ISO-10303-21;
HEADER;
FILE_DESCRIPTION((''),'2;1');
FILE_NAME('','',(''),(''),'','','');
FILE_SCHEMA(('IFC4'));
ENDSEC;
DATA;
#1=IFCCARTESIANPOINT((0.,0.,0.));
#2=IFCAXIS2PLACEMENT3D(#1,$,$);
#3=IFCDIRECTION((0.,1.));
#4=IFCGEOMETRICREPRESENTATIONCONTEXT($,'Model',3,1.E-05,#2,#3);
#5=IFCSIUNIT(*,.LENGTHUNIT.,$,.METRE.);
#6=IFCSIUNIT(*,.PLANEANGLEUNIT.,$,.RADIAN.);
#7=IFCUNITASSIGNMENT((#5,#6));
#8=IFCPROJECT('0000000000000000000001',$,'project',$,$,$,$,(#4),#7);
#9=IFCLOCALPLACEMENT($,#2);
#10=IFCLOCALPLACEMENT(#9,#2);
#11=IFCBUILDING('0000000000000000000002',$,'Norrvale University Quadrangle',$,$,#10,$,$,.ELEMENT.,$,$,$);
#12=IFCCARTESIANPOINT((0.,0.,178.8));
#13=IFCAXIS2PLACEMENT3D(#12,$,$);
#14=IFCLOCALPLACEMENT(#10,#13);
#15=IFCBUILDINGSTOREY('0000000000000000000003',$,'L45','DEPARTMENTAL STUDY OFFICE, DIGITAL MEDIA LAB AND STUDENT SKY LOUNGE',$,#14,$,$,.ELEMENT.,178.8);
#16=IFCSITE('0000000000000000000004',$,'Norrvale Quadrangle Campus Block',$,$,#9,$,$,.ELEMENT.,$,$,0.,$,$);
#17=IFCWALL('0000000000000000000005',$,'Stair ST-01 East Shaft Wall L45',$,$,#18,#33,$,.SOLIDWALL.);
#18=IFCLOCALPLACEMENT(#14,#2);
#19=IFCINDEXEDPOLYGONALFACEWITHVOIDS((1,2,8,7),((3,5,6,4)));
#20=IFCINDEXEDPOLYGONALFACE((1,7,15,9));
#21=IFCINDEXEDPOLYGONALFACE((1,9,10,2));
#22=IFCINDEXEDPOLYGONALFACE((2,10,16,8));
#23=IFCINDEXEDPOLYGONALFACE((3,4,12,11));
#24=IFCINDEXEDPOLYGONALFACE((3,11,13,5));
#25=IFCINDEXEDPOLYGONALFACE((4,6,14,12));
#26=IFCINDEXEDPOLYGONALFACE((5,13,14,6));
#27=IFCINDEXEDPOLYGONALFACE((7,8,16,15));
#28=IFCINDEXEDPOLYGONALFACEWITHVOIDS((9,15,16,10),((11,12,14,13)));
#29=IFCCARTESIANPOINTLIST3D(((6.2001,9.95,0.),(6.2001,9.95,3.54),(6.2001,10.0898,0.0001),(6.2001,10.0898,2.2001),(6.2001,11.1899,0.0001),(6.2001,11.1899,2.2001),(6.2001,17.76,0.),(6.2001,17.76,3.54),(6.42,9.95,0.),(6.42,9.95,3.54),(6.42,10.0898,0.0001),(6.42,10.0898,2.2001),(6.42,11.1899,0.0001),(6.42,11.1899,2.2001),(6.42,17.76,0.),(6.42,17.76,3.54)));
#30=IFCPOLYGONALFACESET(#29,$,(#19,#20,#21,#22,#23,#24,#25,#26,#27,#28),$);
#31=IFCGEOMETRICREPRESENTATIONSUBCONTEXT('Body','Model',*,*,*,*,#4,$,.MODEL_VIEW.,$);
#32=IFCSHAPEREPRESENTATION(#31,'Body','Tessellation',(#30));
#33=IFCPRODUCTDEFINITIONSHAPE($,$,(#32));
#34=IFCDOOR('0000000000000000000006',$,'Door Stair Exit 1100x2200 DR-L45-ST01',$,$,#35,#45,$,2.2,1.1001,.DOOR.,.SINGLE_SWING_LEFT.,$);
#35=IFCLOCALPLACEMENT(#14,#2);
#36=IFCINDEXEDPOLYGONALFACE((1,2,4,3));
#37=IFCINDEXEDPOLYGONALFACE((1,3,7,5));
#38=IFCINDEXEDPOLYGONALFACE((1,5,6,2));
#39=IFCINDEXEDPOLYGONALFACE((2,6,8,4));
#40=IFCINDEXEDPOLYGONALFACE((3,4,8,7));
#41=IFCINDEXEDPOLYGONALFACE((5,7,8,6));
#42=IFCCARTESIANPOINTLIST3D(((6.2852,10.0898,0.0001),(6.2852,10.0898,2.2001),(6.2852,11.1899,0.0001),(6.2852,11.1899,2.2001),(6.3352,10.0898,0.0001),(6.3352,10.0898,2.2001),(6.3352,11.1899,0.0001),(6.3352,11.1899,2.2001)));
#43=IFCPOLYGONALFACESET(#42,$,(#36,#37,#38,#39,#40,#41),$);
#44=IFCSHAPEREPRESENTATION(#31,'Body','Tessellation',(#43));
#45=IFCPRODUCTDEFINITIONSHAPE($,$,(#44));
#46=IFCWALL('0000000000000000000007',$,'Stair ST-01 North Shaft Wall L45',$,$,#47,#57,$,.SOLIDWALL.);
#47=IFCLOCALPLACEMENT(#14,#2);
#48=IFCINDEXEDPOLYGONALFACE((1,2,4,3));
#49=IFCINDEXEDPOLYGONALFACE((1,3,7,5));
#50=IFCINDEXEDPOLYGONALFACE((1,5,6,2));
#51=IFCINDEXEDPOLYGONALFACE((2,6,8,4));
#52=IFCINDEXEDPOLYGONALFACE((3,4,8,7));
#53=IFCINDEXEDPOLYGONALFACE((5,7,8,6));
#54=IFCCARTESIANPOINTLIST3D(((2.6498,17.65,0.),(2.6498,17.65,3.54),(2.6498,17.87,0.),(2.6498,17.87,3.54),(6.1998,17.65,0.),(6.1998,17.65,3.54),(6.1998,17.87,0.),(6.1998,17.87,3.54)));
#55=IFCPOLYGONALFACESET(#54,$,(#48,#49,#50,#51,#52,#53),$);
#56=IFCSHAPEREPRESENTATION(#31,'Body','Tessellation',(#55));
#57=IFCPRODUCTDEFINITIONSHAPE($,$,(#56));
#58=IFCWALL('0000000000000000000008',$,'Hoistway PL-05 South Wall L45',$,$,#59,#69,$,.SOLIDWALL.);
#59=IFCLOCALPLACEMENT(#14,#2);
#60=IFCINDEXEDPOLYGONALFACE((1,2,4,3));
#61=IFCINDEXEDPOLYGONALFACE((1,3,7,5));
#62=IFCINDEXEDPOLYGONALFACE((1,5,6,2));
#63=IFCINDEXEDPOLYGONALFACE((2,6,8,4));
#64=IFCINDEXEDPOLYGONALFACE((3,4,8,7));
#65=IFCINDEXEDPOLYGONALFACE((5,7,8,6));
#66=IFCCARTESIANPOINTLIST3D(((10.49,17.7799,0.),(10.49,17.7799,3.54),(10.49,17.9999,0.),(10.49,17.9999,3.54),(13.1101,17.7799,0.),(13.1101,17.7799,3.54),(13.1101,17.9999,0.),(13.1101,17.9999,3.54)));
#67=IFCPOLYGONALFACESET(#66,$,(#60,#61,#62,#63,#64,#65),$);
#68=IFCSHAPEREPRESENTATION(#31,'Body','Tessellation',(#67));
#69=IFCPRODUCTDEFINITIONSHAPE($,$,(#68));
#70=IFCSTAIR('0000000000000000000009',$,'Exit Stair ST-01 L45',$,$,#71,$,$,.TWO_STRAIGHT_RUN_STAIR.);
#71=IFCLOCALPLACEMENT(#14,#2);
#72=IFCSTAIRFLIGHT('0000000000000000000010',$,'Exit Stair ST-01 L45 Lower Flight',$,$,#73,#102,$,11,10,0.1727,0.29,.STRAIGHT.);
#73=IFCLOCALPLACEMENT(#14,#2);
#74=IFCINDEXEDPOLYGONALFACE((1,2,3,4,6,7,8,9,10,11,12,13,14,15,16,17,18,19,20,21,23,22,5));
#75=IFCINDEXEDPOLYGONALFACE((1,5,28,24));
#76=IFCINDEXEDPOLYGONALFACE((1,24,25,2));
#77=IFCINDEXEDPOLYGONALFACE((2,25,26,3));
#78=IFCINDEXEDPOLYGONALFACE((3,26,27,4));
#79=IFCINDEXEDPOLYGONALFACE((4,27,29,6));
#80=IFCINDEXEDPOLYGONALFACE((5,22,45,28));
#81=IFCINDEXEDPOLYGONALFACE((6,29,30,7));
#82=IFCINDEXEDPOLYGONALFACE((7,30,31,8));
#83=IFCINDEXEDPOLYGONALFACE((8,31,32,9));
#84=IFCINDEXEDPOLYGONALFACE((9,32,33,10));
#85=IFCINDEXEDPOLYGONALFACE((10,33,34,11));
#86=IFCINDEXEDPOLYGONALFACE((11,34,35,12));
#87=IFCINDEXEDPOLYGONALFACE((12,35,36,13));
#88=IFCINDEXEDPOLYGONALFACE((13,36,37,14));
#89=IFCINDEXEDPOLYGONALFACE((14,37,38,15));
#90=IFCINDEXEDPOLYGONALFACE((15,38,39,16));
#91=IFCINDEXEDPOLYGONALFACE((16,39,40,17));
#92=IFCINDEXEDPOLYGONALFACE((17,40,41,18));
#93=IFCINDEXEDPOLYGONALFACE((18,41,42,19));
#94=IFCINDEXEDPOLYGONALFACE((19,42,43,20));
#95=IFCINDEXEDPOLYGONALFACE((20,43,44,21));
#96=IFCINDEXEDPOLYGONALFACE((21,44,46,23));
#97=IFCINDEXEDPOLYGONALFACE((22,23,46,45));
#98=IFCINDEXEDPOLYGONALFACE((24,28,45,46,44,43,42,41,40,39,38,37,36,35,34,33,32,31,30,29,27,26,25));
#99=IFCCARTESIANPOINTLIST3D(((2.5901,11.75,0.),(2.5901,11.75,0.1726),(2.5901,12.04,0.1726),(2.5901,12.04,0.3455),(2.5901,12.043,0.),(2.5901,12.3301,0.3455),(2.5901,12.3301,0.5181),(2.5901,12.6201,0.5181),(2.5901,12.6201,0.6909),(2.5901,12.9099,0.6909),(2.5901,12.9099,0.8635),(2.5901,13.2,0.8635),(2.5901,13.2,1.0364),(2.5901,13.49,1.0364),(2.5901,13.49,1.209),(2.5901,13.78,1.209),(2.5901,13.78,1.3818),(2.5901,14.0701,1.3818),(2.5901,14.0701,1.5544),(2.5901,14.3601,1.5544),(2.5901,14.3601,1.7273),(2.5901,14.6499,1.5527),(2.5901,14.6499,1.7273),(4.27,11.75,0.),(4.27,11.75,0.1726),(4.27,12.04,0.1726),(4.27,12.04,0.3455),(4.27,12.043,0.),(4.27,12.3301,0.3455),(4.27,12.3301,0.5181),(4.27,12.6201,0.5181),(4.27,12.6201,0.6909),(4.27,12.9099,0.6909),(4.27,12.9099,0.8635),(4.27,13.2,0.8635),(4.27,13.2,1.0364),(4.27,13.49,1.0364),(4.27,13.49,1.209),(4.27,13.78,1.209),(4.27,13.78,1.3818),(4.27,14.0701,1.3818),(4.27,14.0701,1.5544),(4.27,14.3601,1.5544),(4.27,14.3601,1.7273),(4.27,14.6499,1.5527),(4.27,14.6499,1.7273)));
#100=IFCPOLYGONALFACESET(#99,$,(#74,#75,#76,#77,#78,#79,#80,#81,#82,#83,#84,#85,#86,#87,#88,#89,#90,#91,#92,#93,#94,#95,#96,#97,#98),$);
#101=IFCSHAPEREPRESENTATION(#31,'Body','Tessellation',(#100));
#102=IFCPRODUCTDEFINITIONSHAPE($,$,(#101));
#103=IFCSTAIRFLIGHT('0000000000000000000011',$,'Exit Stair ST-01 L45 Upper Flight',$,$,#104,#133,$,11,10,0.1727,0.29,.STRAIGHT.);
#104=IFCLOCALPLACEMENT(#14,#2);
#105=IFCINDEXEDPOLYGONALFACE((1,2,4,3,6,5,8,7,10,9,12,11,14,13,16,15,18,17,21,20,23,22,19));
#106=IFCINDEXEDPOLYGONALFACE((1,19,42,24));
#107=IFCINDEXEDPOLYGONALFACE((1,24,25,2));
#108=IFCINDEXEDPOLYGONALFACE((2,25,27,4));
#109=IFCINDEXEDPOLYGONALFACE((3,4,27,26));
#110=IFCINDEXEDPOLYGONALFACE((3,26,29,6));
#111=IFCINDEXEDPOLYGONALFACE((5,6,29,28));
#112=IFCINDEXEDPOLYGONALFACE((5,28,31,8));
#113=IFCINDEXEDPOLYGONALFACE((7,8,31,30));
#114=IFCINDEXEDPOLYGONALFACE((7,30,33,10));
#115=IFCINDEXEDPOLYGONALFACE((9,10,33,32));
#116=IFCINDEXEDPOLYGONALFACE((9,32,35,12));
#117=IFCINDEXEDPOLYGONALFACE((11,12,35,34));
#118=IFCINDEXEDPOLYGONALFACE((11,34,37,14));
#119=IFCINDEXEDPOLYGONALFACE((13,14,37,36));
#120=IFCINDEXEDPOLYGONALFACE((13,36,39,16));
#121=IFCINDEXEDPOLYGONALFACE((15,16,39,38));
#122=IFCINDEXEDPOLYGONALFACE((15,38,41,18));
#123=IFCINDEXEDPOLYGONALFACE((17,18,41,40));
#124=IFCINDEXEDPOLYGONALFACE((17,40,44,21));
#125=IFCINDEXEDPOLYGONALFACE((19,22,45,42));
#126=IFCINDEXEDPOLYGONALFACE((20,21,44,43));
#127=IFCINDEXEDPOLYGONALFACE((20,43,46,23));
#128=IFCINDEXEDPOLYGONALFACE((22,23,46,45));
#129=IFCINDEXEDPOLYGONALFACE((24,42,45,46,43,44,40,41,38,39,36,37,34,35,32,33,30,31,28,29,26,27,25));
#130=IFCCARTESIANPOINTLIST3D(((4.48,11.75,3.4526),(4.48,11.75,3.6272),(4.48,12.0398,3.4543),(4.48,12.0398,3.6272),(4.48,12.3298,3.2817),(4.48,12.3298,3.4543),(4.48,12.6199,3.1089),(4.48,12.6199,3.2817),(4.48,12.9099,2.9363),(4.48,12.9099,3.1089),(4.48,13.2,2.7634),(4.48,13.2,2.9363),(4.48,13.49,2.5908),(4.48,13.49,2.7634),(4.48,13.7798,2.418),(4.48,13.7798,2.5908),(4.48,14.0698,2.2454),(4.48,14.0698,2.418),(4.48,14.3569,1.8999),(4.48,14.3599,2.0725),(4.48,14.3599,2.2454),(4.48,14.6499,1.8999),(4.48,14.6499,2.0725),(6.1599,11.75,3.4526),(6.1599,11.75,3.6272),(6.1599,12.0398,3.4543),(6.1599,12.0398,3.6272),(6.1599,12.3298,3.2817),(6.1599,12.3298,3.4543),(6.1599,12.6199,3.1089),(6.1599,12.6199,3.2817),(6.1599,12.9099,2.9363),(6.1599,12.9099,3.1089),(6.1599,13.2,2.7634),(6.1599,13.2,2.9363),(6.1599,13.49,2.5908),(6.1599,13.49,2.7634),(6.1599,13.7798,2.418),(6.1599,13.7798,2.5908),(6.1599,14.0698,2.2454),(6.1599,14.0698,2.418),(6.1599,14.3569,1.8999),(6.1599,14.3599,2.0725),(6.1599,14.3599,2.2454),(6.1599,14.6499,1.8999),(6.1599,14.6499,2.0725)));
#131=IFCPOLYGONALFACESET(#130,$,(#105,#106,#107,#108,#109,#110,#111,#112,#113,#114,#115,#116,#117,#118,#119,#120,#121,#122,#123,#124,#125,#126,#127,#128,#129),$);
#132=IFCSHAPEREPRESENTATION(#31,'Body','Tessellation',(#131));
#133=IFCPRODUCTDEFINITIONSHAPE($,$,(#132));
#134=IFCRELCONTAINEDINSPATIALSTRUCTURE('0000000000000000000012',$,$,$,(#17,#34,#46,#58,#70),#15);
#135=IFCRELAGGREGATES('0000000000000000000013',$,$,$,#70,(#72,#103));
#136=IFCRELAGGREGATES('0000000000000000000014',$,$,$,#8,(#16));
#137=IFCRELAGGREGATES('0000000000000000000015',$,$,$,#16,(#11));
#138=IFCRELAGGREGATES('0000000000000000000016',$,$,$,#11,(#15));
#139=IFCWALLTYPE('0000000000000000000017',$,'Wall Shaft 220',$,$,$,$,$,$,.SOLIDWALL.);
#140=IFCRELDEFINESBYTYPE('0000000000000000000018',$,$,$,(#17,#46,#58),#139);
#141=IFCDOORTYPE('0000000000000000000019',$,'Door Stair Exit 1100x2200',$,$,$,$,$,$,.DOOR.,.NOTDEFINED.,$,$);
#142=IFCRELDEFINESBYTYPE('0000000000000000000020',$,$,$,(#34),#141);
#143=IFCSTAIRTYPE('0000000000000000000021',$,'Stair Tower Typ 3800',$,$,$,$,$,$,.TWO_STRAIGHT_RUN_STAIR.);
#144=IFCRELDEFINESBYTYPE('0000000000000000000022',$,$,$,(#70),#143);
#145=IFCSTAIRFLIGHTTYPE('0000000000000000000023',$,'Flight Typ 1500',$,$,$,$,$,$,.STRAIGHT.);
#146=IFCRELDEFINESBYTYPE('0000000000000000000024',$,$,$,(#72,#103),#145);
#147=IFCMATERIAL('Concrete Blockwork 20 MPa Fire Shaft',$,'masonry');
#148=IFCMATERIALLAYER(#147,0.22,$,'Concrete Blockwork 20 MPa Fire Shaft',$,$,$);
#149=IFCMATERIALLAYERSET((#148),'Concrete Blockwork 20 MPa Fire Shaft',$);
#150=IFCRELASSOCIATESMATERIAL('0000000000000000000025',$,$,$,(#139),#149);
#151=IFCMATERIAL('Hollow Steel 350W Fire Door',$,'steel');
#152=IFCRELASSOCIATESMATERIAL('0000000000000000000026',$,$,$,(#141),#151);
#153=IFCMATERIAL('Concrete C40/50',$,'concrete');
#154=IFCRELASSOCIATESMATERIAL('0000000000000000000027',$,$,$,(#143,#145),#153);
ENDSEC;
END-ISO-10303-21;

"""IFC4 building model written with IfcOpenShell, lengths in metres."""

from ifc_helpers import new_model, si_unit, direction, frame, frame_2d, origin, place, context, subcontext, project, spatial, polyline, rectangle, outline, extrude, material, layer, layer_set, type_object, element, fill, aggregate, save


model = new_model("IFC4")

# Units and contexts
model_context = context("Model", 3, precision=1e-05, world=origin(), true_north=direction((0.0, 1.0)))
body_context = subcontext(model_context, "Body", "Model", "MODEL_VIEW")
ifc_project = project(units=[si_unit("LENGTHUNIT", "METRE"), si_unit("PLANEANGLEUNIT", "RADIAN")], contexts=[model_context])

# Site, building, storey
site_placement = place(None, origin())
site = spatial("IfcSite", under=ifc_project, at=site_placement, Name="Norrvale Quadrangle Campus Block", CompositionType="ELEMENT", RefElevation=0.0)
building_placement = place(site_placement, origin())
building = spatial("IfcBuilding", under=site, at=building_placement, Name="Norrvale University Quadrangle", CompositionType="ELEMENT")
storey_placement = place(building_placement, frame((0.0, 0.0, 178.8)))
storey = spatial("IfcBuildingStorey", under=building, at=storey_placement, Name="L45", Description="DEPARTMENTAL STUDY OFFICE, DIGITAL MEDIA LAB AND STUDENT SKY LOUNGE", CompositionType="ELEMENT", Elevation=178.8)

# Wall, opening, door
ifc_material_1 = material(Name="Concrete Blockwork 20 MPa Fire Shaft", Category="masonry")
ifc_layer_1 = layer(ifc_material_1, 0.22, Name="Concrete Blockwork 20 MPa Fire Shaft")
ifc_layer_set_1 = layer_set([ifc_layer_1], Name="Concrete Blockwork 20 MPa Fire Shaft")
wall_type_1 = type_object("IfcWallType", Name="Wall Shaft 220", PredefinedType="SOLIDWALL", material=ifc_layer_set_1)
wall_1_placement = place(storey_placement, frame((6.3101, 9.95, 0.0), z_axis=(0.0, 0.0, 1.0), x_axis=(0.0, 1.0, 0.0)))
wall_1 = element("IfcWall", 1, at=wall_1_placement, inside=storey, type_object=wall_type_1, Name="Stair ST-01 East Shaft Wall L45", PredefinedType="SOLIDWALL", context=body_context, shape_type="SweptSolid", body=[
    extrude(rectangle(XDim=7.8101, YDim=0.22, at=frame_2d((3.905, 0.0))), origin(), (0.0, 0.0, 1.0), 3.54),
])
opening_1_placement = place(wall_1_placement, frame((0.1399, 0.0, 0.0)))
opening_1 = element("IfcOpeningElement", 2, at=opening_1_placement, cuts=wall_1, PredefinedType="OPENING", context=body_context, shape_type="SweptSolid", body=[
    extrude(rectangle(XDim=1.1001, YDim=2.2, at=frame_2d((0.55, 1.1001))), frame((0.0, 0.1221, 0.0), z_axis=(0.0, -1.0, 0.0), x_axis=(1.0, 0.0, 0.0)), (0.0, 0.0, 1.0), 0.2439),
])
ifc_material_2 = material(Name="Hollow Steel 350W Fire Door", Category="steel")
door_type_1 = type_object("IfcDoorType", Name="Door Stair Exit 1100x2200", OperationType="NOTDEFINED", PredefinedType="DOOR", material=ifc_material_2)
door_1_placement = place(opening_1_placement, origin())
door_1 = element("IfcDoor", 3, at=door_1_placement, inside=storey, type_object=door_type_1, Name="Door Stair Exit 1100x2200 DR-L45-ST01", OperationType="SINGLE_SWING_LEFT", OverallHeight=2.2, OverallWidth=1.1001, PredefinedType="DOOR", context=body_context, shape_type="SweptSolid", body=[
    extrude(rectangle(XDim=1.1001, YDim=2.2, at=frame_2d((0.55, 1.1001))), frame((0.0, 0.0249, 0.0), z_axis=(0.0, -1.0, 0.0), x_axis=(1.0, 0.0, 0.0)), (0.0, 0.0, 1.0), 0.05),
])
fill(opening_1, door_1)

# Walls
wall_2_placement = place(storey_placement, frame((2.6499, 17.76, 0.0), z_axis=(0.0, 0.0, 1.0), x_axis=(1.0, 0.0, 0.0)))
element("IfcWall", 4, at=wall_2_placement, inside=storey, type_object=wall_type_1, Name="Stair ST-01 North Shaft Wall L45", PredefinedType="SOLIDWALL", context=body_context, shape_type="SweptSolid", body=[
    extrude(rectangle(XDim=3.55, YDim=0.22, at=frame_2d((1.7749, 0.0))), origin(), (0.0, 0.0, 1.0), 3.54),
])
wall_3_placement = place(storey_placement, frame((10.49, 17.8899, 0.0), z_axis=(0.0, 0.0, 1.0), x_axis=(1.0, 0.0, 0.0)))
element("IfcWall", 5, at=wall_3_placement, inside=storey, type_object=wall_type_1, Name="Hoistway PL-05 South Wall L45", PredefinedType="SOLIDWALL", context=body_context, shape_type="SweptSolid", body=[
    extrude(rectangle(XDim=2.6201, YDim=0.22, at=frame_2d((1.3101, 0.0))), origin(), (0.0, 0.0, 1.0), 3.54),
])

# Stair, stair flights
ifc_material_3 = material(Name="Concrete C40/50", Category="concrete")
stair_type = type_object("IfcStairType", Name="Stair Tower Typ 3800", PredefinedType="TWO_STRAIGHT_RUN_STAIR", material=ifc_material_3)
stair_placement = place(storey_placement, origin())
stair = element("IfcStair", 6, at=stair_placement, inside=storey, type_object=stair_type, Name="Exit Stair ST-01 L45", PredefinedType="TWO_STRAIGHT_RUN_STAIR")
stair_flight_type = type_object("IfcStairFlightType", Name="Flight Typ 1500", PredefinedType="STRAIGHT", material=ifc_material_3)
stair_flight_1_placement = place(storey_placement, frame((3.4299, 11.75, 0.0), z_axis=(0.0, 0.0, 1.0), x_axis=(0.0, 1.0, 0.0)))
stair_flight_1 = element("IfcStairFlight", 7, at=stair_flight_1_placement, type_object=stair_flight_type, Name="Exit Stair ST-01 L45 Lower Flight", NumberOfRisers=11, NumberOfTreads=10, PredefinedType="STRAIGHT", RiserHeight=0.1727, TreadLength=0.29, context=body_context, shape_type="SweptSolid", body=[
    extrude(outline(polyline([(0.0, 0.0), (0.0, 0.1726), (0.29, 0.1726), (0.29, 0.3455), (0.5801, 0.3455), (0.5801, 0.5181), (0.8701, 0.5181), (0.8701, 0.6909), (1.1599, 0.6909), (1.1599, 0.8635), (1.45, 0.8635), (1.45, 1.0364), (1.74, 1.0364), (1.74, 1.209), (2.03, 1.209), (2.03, 1.3818), (2.3201, 1.3818), (2.3201, 1.5544), (2.6101, 1.5544), (2.6101, 1.7273), (2.8999, 1.7273), (2.8999, 1.8999), (2.8999, 1.5527), (0.293, 0.0), (0.0, 0.0)])), frame((0.0, 0.8398, 0.0), z_axis=(0.0, -1.0, 0.0), x_axis=(1.0, 0.0, 0.0)), (0.0, 0.0, 1.0), 1.6799),
])
stair_flight_2_placement = place(storey_placement, frame((5.3201, 14.6499, 1.8999), z_axis=(0.0, 0.0, 1.0), x_axis=(0.0, -1.0, 0.0)))
stair_flight_2 = element("IfcStairFlight", 8, at=stair_flight_2_placement, type_object=stair_flight_type, Name="Exit Stair ST-01 L45 Upper Flight", NumberOfRisers=11, NumberOfTreads=10, PredefinedType="STRAIGHT", RiserHeight=0.1727, TreadLength=0.29, context=body_context, shape_type="SweptSolid", body=[
    extrude(outline(polyline([(0.0, 0.0), (0.0, 0.1726), (0.29, 0.1726), (0.29, 0.3455), (0.5801, 0.3455), (0.5801, 0.5181), (0.8701, 0.5181), (0.8701, 0.6909), (1.1599, 0.6909), (1.1599, 0.8635), (1.45, 0.8635), (1.45, 1.0364), (1.74, 1.0364), (1.74, 1.209), (2.03, 1.209), (2.03, 1.3818), (2.3201, 1.3818), (2.3201, 1.5544), (2.6101, 1.5544), (2.6101, 1.7273), (2.8999, 1.7273), (2.8999, 1.8999), (2.8999, 1.5527), (0.293, 0.0), (0.0, 0.0)])), frame((0.0, 0.8398, 0.0), z_axis=(0.0, -1.0, 0.0), x_axis=(1.0, 0.0, 0.0)), (0.0, 0.0, 1.0), 1.6799),
])
aggregate(stair, [stair_flight_1, stair_flight_2])

save(model, "model.ifc")
